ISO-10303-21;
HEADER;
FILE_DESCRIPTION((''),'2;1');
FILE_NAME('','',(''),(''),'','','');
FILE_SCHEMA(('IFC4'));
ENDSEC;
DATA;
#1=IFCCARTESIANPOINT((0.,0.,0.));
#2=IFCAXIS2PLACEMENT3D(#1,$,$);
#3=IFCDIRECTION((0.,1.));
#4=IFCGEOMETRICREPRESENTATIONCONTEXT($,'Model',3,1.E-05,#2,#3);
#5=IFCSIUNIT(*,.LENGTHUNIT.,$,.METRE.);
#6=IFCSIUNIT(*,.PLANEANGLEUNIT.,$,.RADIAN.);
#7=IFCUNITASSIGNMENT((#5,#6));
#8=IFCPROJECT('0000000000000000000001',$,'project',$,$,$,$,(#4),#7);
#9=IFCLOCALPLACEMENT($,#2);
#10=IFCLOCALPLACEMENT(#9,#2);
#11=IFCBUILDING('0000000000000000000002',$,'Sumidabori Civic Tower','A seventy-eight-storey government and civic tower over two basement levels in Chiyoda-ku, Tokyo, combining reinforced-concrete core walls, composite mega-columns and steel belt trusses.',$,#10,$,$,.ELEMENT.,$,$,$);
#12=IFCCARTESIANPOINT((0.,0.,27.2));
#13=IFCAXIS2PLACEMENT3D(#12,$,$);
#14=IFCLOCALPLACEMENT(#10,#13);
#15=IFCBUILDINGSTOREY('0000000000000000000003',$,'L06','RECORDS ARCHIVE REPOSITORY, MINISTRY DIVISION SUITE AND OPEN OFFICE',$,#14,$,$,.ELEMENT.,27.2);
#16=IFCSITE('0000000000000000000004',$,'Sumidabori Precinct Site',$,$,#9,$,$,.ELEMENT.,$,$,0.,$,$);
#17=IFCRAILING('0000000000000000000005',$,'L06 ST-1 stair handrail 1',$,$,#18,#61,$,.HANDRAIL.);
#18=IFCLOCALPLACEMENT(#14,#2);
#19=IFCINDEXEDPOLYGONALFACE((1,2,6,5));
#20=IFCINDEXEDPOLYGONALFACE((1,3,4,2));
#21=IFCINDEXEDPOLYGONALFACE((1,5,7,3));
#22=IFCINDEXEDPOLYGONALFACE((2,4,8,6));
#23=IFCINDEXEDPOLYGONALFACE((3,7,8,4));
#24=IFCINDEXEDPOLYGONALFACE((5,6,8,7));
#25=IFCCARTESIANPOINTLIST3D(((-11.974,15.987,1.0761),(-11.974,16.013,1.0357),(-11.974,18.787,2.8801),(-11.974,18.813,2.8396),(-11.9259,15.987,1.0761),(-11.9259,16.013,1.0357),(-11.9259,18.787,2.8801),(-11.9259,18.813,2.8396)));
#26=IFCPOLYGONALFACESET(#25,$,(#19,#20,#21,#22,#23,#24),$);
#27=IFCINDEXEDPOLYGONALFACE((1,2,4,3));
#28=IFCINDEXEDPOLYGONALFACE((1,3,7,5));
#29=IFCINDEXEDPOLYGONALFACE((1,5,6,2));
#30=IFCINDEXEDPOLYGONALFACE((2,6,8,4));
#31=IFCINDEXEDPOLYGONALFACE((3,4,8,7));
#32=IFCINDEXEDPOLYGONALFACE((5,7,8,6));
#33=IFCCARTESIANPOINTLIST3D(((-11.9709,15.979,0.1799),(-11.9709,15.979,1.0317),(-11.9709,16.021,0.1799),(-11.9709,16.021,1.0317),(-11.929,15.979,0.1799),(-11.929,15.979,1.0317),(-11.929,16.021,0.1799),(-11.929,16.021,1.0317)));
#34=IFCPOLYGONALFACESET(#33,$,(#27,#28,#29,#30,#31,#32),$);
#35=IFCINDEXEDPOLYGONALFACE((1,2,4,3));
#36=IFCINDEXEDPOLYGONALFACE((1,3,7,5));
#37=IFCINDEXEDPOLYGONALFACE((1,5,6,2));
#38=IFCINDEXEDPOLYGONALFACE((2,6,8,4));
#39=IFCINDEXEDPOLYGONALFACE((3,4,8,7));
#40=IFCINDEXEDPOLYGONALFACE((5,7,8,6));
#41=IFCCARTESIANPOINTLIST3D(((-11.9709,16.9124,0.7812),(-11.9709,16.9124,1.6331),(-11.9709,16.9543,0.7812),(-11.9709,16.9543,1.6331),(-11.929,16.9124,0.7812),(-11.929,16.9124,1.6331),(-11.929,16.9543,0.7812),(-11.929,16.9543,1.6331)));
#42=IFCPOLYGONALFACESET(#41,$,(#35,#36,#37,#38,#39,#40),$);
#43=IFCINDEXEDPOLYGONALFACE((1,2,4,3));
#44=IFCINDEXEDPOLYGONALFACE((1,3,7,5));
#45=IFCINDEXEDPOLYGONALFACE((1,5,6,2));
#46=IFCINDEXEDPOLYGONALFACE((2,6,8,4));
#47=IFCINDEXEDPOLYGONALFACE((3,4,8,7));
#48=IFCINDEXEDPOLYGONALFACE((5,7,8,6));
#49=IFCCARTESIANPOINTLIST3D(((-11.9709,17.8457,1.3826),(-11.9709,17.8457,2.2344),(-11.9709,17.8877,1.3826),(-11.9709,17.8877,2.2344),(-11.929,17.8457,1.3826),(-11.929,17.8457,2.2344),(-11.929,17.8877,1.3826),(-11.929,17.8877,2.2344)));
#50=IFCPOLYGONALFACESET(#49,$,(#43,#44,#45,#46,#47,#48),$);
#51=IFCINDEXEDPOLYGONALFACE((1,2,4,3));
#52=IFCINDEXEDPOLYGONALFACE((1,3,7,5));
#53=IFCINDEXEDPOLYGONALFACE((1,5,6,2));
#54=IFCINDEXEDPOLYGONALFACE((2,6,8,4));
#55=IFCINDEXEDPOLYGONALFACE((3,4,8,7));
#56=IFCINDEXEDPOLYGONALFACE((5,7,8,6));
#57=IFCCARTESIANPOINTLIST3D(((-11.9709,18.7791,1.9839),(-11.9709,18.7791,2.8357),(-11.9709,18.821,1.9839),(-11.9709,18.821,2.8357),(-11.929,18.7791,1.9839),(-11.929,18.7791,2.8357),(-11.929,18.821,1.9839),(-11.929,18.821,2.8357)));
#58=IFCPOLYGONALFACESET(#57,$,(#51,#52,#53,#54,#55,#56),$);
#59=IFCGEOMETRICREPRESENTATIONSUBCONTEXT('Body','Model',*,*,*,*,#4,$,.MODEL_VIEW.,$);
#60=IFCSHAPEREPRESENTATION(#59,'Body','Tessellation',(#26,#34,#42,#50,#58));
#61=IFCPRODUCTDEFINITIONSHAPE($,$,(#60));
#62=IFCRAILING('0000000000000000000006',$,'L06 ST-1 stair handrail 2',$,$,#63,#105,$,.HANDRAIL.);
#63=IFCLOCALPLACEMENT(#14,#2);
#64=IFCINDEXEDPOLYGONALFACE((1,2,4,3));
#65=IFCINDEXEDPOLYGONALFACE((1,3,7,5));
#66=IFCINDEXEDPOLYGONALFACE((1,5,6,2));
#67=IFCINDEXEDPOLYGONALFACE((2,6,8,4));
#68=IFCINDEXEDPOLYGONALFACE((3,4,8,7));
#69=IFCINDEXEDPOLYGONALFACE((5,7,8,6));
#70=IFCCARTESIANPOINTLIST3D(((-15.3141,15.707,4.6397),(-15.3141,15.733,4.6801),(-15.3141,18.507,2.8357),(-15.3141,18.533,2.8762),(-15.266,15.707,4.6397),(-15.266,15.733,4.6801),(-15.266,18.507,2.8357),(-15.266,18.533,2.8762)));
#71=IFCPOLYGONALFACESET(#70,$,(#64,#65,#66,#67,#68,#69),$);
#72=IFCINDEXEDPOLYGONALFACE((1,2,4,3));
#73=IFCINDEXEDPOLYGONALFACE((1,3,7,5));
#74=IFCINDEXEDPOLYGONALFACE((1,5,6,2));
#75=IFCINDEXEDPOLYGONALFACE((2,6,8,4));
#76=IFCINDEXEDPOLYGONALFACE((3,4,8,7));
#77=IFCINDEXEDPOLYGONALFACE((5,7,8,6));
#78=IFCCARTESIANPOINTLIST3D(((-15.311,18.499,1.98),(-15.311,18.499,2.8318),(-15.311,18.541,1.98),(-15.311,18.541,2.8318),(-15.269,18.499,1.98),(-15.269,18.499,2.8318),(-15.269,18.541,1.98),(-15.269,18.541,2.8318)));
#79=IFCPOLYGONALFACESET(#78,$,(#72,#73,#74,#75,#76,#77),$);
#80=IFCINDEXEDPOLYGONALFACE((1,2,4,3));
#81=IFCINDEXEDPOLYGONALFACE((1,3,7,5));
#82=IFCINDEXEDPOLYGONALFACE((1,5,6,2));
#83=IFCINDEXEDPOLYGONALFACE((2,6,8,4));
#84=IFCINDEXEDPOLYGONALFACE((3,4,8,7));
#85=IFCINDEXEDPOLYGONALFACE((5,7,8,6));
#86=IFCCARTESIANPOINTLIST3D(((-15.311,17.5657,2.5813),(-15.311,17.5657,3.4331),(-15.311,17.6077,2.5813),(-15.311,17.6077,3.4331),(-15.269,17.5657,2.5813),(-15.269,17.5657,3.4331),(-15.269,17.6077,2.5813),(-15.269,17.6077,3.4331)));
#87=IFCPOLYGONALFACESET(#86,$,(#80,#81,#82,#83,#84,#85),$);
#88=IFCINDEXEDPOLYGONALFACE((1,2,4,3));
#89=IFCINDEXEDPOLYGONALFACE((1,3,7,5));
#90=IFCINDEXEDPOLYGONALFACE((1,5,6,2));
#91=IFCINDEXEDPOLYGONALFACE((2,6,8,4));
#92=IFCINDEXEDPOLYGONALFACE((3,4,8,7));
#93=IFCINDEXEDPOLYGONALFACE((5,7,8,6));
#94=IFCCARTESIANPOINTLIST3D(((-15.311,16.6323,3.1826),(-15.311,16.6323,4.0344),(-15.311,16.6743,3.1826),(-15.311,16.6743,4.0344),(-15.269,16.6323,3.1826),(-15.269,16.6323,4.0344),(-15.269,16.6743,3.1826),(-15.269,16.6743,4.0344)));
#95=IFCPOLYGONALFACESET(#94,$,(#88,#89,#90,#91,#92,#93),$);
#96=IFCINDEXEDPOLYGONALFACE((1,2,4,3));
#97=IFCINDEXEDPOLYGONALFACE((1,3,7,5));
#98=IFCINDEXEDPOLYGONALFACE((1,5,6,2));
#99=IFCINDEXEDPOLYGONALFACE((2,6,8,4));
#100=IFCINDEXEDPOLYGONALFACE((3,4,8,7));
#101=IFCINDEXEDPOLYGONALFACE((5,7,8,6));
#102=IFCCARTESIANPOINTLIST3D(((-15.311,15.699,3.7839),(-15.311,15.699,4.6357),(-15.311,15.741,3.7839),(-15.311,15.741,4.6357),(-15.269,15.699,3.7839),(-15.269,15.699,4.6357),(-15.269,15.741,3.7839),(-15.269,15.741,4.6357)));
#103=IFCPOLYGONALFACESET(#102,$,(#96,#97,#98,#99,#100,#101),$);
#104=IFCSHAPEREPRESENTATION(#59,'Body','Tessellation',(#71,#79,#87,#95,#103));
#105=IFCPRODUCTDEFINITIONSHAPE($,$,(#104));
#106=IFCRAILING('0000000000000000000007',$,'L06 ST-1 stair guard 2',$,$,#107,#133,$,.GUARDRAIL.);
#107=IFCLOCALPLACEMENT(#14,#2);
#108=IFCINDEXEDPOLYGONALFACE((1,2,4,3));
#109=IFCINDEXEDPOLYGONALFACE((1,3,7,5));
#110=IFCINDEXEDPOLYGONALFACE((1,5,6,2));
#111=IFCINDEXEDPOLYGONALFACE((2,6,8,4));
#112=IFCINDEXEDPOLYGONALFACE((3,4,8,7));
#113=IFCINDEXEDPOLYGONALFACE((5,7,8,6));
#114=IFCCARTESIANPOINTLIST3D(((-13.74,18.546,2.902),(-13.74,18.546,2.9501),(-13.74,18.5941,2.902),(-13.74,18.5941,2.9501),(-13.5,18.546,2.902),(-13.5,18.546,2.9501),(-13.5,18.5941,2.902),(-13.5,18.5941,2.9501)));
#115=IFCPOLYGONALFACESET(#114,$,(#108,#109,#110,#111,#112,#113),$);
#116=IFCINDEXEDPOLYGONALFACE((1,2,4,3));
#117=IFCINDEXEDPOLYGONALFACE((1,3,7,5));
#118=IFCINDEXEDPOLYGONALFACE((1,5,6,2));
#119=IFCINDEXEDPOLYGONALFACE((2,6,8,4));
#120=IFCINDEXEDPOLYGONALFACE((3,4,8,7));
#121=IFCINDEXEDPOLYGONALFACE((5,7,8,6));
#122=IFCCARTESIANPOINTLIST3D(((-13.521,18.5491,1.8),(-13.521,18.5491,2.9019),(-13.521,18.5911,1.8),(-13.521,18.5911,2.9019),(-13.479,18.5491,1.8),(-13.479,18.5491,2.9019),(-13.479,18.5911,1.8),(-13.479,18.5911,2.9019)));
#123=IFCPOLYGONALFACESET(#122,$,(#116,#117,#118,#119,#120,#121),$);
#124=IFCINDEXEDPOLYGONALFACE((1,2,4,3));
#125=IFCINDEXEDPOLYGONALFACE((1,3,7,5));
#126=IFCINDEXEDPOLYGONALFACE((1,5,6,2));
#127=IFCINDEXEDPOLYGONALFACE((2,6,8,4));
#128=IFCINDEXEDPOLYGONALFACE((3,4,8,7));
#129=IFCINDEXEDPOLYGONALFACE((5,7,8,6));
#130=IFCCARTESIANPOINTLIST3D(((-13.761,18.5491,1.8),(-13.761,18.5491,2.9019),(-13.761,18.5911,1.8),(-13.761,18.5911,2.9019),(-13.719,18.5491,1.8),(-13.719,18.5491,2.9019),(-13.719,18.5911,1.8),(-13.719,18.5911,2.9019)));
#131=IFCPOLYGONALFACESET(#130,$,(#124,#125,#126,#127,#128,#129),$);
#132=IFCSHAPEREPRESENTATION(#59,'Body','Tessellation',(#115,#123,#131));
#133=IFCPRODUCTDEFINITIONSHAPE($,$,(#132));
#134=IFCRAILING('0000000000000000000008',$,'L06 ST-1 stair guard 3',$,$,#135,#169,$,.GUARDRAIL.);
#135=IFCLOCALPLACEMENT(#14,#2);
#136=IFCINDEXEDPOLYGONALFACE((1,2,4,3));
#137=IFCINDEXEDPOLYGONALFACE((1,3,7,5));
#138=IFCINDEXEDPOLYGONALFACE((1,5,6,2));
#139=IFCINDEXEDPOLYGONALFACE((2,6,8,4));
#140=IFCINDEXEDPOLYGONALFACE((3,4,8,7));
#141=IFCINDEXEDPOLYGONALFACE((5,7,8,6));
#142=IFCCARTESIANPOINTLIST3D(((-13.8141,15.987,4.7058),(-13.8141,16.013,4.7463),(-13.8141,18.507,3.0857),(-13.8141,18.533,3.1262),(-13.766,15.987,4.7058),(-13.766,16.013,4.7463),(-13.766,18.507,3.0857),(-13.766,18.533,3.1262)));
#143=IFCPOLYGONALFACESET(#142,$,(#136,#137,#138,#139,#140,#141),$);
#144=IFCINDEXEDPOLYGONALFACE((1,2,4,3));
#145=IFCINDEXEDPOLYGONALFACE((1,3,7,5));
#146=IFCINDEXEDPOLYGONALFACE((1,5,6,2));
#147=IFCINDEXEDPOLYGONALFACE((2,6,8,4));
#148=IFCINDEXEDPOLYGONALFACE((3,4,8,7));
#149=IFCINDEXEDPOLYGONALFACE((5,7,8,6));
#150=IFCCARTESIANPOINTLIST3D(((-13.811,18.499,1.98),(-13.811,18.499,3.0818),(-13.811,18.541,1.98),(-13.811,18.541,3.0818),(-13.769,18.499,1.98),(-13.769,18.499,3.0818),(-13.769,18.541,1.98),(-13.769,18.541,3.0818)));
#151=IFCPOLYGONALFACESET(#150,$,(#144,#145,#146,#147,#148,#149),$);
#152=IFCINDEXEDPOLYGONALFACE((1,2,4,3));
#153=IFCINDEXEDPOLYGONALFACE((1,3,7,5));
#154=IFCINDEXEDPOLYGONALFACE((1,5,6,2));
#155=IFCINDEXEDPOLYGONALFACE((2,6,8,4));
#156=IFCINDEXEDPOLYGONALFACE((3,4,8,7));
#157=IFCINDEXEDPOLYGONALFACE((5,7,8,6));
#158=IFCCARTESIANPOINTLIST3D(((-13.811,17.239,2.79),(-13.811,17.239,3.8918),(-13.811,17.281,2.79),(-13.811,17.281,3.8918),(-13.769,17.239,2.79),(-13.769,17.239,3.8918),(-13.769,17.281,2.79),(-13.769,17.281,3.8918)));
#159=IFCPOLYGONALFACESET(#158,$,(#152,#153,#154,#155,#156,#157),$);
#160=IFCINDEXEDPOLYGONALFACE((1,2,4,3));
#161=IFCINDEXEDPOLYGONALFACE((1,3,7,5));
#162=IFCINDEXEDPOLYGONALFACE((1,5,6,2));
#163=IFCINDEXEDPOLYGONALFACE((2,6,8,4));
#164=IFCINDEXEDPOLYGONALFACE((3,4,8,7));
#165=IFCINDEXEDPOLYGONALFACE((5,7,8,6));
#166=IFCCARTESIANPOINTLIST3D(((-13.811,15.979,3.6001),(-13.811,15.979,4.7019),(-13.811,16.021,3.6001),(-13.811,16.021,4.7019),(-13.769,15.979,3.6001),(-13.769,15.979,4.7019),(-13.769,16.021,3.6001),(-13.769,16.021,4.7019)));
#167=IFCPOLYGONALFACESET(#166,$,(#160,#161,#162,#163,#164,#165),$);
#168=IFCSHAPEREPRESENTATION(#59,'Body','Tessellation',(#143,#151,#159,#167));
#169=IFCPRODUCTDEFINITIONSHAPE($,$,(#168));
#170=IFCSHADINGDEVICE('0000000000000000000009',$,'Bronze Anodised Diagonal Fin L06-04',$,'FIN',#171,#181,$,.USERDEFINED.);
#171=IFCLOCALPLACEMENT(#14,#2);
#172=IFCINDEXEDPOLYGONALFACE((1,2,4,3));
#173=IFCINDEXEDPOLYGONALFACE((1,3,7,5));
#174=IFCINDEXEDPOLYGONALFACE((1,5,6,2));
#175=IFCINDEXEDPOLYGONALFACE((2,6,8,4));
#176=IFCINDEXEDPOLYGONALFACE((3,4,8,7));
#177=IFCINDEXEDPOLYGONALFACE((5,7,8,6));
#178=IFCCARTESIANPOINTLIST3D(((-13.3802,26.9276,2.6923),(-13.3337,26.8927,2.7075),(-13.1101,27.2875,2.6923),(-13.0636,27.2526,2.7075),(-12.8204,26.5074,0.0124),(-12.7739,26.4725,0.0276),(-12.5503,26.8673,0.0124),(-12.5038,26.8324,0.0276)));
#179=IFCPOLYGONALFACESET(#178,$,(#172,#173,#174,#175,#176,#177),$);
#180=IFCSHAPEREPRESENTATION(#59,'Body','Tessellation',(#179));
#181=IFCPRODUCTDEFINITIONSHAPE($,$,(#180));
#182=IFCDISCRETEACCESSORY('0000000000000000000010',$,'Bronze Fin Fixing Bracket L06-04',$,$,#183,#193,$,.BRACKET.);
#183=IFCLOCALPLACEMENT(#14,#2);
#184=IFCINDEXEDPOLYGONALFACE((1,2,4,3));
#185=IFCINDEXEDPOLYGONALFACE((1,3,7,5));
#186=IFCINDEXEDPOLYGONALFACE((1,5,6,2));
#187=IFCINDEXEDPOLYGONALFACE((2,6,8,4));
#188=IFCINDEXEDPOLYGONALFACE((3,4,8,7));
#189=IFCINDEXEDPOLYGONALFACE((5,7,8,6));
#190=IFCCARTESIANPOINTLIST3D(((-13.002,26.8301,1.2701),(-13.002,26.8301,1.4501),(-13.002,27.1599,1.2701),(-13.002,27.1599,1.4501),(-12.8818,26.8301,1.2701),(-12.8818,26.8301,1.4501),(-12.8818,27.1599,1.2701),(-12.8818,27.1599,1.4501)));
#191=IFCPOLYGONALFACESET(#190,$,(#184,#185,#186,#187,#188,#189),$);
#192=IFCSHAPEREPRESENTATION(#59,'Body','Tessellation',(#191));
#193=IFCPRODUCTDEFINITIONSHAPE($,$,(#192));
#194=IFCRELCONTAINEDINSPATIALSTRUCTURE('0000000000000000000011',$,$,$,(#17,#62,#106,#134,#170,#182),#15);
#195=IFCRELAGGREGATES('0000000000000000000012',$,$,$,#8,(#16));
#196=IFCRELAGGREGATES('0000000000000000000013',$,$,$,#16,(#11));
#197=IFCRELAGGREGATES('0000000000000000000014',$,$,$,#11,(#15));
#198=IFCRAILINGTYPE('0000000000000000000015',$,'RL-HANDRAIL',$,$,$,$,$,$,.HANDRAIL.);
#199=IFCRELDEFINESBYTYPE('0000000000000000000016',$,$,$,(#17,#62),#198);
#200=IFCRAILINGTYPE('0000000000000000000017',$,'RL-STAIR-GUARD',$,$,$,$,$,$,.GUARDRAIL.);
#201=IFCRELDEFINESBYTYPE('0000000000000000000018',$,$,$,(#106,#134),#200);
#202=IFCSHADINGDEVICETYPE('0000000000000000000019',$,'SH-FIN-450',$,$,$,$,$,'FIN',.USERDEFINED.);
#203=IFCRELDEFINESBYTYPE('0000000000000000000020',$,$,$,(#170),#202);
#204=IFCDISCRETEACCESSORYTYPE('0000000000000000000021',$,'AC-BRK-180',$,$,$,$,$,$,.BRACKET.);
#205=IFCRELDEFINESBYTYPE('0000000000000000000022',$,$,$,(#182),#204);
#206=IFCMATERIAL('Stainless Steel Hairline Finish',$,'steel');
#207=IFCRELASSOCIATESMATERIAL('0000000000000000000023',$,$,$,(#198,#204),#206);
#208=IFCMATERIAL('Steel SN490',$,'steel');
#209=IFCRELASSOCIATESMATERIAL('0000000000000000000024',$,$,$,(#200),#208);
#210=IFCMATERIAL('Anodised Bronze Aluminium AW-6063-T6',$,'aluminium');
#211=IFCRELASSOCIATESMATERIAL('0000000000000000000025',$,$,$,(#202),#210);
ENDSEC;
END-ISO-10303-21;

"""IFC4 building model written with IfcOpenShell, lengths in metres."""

from ifc_helpers import new_model, si_unit, direction, frame, origin, origin_2d, place, context, subcontext, project, spatial, rectangle, extrude, source, transform, mapped, material, material_profile, profile_set, type_object, element, save


model = new_model("IFC4")

# Units and contexts
model_context = context("Model", 3, precision=1e-05, world=origin(), true_north=direction((0.0, 1.0)))
body_context = subcontext(model_context, "Body", "Model", "MODEL_VIEW")
ifc_project = project(units=[si_unit("LENGTHUNIT", "METRE"), si_unit("PLANEANGLEUNIT", "RADIAN")], contexts=[model_context])

# Site, building, storey
site_placement = place(None, origin())
site = spatial("IfcSite", under=ifc_project, at=site_placement, Name="Sumidabori Precinct Site", CompositionType="ELEMENT", RefElevation=0.0)
building_placement = place(site_placement, origin())
building = spatial("IfcBuilding", under=site, at=building_placement, Name="Sumidabori Civic Tower", Description="A seventy-eight-storey government and civic tower over two basement levels in Chiyoda-ku, Tokyo, combining reinforced-concrete core walls, composite mega-columns and steel belt trusses.", CompositionType="ELEMENT")
storey_placement = place(building_placement, frame((0.0, 0.0, 27.2)))
storey = spatial("IfcBuildingStorey", under=building, at=storey_placement, Name="L06", Description="RECORDS ARCHIVE REPOSITORY, MINISTRY DIVISION SUITE AND OPEN OFFICE", CompositionType="ELEMENT", Elevation=27.2)

# Shared definitions
ifc_material_1 = material(Name="Anodised Bronze Aluminium AW-6063-T6", Category="aluminium")

# Railings
ifc_material_2 = material(Name="Stainless Steel Hairline Finish", Category="steel")
railing_type_1 = type_object("IfcRailingType", Name="RL-HANDRAIL", PredefinedType="HANDRAIL", material=ifc_material_2)
railing_1_placement = place(storey_placement, frame((-11.95, 16.0, 0.1799)))
element("IfcRailing", 1, at=railing_1_placement, inside=storey, type_object=railing_type_1, Name="L06 ST-1 stair handrail 1", PredefinedType="HANDRAIL", context=body_context, shape_type="SweptSolid", body=[
    extrude(rectangle(XDim=0.0481, YDim=0.0481, at=origin_2d()), frame((0.0, 0.0, 0.876), z_axis=(0.0, 0.840642, 0.541591), x_axis=(-1.0, 0.0, 0.0)), (0.0, 0.0, 1.0), 3.3308),
    extrude(rectangle(XDim=0.042, YDim=0.042, at=origin_2d()), origin(), (0.0, 0.0, 1.0), 0.8518),
    extrude(rectangle(XDim=0.042, YDim=0.042, at=origin_2d()), frame((0.0, 0.9333, 0.6013)), (0.0, 0.0, 1.0), 0.8518),
    extrude(rectangle(XDim=0.042, YDim=0.042, at=origin_2d()), frame((0.0, 1.8667, 1.2026)), (0.0, 0.0, 1.0), 0.8518),
    extrude(rectangle(XDim=0.042, YDim=0.042, at=origin_2d()), frame((0.0, 2.8, 1.804)), (0.0, 0.0, 1.0), 0.8518),
])
railing_2_placement = place(storey_placement, frame((-15.29, 18.52, 1.98)))
element("IfcRailing", 2, at=railing_2_placement, inside=storey, type_object=railing_type_1, Name="L06 ST-1 stair handrail 2", PredefinedType="HANDRAIL", context=body_context, shape_type="SweptSolid", body=[
    extrude(rectangle(XDim=0.0481, YDim=0.0481, at=origin_2d()), frame((0.0, 0.0, 0.876), z_axis=(0.0, -0.840642, 0.541591), x_axis=(1.0, 0.0, 0.0)), (0.0, 0.0, 1.0), 3.3308),
    extrude(rectangle(XDim=0.042, YDim=0.042, at=origin_2d()), origin(), (0.0, 0.0, 1.0), 0.8518),
    extrude(rectangle(XDim=0.042, YDim=0.042, at=origin_2d()), frame((0.0, -0.9333, 0.6013)), (0.0, 0.0, 1.0), 0.8518),
    extrude(rectangle(XDim=0.042, YDim=0.042, at=origin_2d()), frame((0.0, -1.8667, 1.2026)), (0.0, 0.0, 1.0), 0.8518),
    extrude(rectangle(XDim=0.042, YDim=0.042, at=origin_2d()), frame((0.0, -2.8, 1.804)), (0.0, 0.0, 1.0), 0.8518),
])
ifc_material_3 = material(Name="Steel SN490", Category="steel")
railing_type_2 = type_object("IfcRailingType", Name="RL-STAIR-GUARD", PredefinedType="GUARDRAIL", material=ifc_material_3)
railing_3_placement = place(storey_placement, frame((-13.5, 18.5701, 1.8)))
element("IfcRailing", 3, at=railing_3_placement, inside=storey, type_object=railing_type_2, Name="L06 ST-1 stair guard 2", PredefinedType="GUARDRAIL", context=body_context, shape_type="SweptSolid", body=[
    extrude(rectangle(XDim=0.0481, YDim=0.0481, at=origin_2d()), frame((0.0, 0.0, 1.126), z_axis=(-1.0, 0.0, 0.0), x_axis=(0.0, -1.0, 0.0)), (0.0, 0.0, 1.0), 0.24),
    extrude(rectangle(XDim=0.042, YDim=0.042, at=origin_2d()), origin(), (0.0, 0.0, 1.0), 1.1018),
    extrude(rectangle(XDim=0.042, YDim=0.042, at=origin_2d()), frame((-0.24, 0.0, 0.0)), (0.0, 0.0, 1.0), 1.1018),
])
railing_4_placement = place(storey_placement, frame((-13.79, 18.52, 1.98)))
element("IfcRailing", 4, at=railing_4_placement, inside=storey, type_object=railing_type_2, Name="L06 ST-1 stair guard 3", PredefinedType="GUARDRAIL", context=body_context, shape_type="SweptSolid", body=[
    extrude(rectangle(XDim=0.0481, YDim=0.0481, at=origin_2d()), frame((0.0, 0.0, 1.126), z_axis=(0.0, -0.841163, 0.540782), x_axis=(1.0, 0.0, 0.0)), (0.0, 0.0, 1.0), 2.9958),
    extrude(rectangle(XDim=0.042, YDim=0.042, at=origin_2d()), origin(), (0.0, 0.0, 1.0), 1.1018),
    extrude(rectangle(XDim=0.042, YDim=0.042, at=origin_2d()), frame((0.0, -1.26, 0.8101)), (0.0, 0.0, 1.0), 1.1018),
    extrude(rectangle(XDim=0.042, YDim=0.042, at=origin_2d()), frame((0.0, -2.52, 1.6201)), (0.0, 0.0, 1.0), 1.1018),
])

# Shading device
ifc_material_profile_1 = material_profile(ifc_material_1, rectangle(XDim=0.0601, YDim=0.45, at=origin_2d()), Name="BRONZE FIN 450x60")
ifc_profile_set_1 = profile_set([ifc_material_profile_1], Name="Anodised Bronze Aluminium AW-6063-T6")
shading_device_type = type_object("IfcShadingDeviceType", Name="SH-FIN-450", ElementType="FIN", PredefinedType="USERDEFINED", material=ifc_profile_set_1)
shared_shape_1 = source(origin(), body_context, "Body", "SweptSolid", [
    extrude(rectangle(XDim=0.0601, YDim=0.45, at=origin_2d()), origin(), (0.0, 0.0, 1.0), 2.7698),
])
shading_device_placement = place(storey_placement, frame((-12.6621, 26.6699, 0.02), z_axis=(-0.202111, 0.151694, 0.967543), x_axis=(0.773832, -0.580796, 0.252705)))
element("IfcShadingDevice", 5, at=shading_device_placement, inside=storey, type_object=shading_device_type, Name="Bronze Anodised Diagonal Fin L06-04", ObjectType="FIN", PredefinedType="USERDEFINED", context=body_context, shape_type="MappedRepresentation", body=[
    mapped(shared_shape_1, transform((0.0, 0.0, 0.0), x_axis=(1.0, 0.0, 0.0), y_axis=(0.0, 1.0, 0.0), z_axis=(0.0, 0.0, 1.0), scale=1.0)),
])

# Discrete accessory
ifc_material_profile_2 = material_profile(ifc_material_2, rectangle(XDim=0.1201, YDim=0.1799, at=origin_2d()), Name="STEEL BRACKET 180x120")
ifc_profile_set_2 = profile_set([ifc_material_profile_2], Name="Stainless Steel Hairline Finish")
discrete_accessory_type = type_object("IfcDiscreteAccessoryType", Name="AC-BRK-180", PredefinedType="BRACKET", material=ifc_profile_set_2)
shared_shape_2 = source(origin(), body_context, "Body", "SweptSolid", [
    extrude(rectangle(XDim=0.1201, YDim=0.1799, at=origin_2d()), origin(), (0.0, 0.0, 1.0), 0.3298),
])
discrete_accessory_placement = place(storey_placement, frame((-12.9419, 26.8301, 1.3601), z_axis=(0.0, 1.0, 0.0), x_axis=(-1.0, 0.0, 0.0)))
element("IfcDiscreteAccessory", 6, at=discrete_accessory_placement, inside=storey, type_object=discrete_accessory_type, Name="Bronze Fin Fixing Bracket L06-04", PredefinedType="BRACKET", context=body_context, shape_type="MappedRepresentation", body=[
    mapped(shared_shape_2, transform((0.0, 0.0, 0.0), x_axis=(1.0, 0.0, 0.0), y_axis=(0.0, 1.0, 0.0), z_axis=(0.0, 0.0, 1.0), scale=1.0)),
])

save(model, "model.ifc")
